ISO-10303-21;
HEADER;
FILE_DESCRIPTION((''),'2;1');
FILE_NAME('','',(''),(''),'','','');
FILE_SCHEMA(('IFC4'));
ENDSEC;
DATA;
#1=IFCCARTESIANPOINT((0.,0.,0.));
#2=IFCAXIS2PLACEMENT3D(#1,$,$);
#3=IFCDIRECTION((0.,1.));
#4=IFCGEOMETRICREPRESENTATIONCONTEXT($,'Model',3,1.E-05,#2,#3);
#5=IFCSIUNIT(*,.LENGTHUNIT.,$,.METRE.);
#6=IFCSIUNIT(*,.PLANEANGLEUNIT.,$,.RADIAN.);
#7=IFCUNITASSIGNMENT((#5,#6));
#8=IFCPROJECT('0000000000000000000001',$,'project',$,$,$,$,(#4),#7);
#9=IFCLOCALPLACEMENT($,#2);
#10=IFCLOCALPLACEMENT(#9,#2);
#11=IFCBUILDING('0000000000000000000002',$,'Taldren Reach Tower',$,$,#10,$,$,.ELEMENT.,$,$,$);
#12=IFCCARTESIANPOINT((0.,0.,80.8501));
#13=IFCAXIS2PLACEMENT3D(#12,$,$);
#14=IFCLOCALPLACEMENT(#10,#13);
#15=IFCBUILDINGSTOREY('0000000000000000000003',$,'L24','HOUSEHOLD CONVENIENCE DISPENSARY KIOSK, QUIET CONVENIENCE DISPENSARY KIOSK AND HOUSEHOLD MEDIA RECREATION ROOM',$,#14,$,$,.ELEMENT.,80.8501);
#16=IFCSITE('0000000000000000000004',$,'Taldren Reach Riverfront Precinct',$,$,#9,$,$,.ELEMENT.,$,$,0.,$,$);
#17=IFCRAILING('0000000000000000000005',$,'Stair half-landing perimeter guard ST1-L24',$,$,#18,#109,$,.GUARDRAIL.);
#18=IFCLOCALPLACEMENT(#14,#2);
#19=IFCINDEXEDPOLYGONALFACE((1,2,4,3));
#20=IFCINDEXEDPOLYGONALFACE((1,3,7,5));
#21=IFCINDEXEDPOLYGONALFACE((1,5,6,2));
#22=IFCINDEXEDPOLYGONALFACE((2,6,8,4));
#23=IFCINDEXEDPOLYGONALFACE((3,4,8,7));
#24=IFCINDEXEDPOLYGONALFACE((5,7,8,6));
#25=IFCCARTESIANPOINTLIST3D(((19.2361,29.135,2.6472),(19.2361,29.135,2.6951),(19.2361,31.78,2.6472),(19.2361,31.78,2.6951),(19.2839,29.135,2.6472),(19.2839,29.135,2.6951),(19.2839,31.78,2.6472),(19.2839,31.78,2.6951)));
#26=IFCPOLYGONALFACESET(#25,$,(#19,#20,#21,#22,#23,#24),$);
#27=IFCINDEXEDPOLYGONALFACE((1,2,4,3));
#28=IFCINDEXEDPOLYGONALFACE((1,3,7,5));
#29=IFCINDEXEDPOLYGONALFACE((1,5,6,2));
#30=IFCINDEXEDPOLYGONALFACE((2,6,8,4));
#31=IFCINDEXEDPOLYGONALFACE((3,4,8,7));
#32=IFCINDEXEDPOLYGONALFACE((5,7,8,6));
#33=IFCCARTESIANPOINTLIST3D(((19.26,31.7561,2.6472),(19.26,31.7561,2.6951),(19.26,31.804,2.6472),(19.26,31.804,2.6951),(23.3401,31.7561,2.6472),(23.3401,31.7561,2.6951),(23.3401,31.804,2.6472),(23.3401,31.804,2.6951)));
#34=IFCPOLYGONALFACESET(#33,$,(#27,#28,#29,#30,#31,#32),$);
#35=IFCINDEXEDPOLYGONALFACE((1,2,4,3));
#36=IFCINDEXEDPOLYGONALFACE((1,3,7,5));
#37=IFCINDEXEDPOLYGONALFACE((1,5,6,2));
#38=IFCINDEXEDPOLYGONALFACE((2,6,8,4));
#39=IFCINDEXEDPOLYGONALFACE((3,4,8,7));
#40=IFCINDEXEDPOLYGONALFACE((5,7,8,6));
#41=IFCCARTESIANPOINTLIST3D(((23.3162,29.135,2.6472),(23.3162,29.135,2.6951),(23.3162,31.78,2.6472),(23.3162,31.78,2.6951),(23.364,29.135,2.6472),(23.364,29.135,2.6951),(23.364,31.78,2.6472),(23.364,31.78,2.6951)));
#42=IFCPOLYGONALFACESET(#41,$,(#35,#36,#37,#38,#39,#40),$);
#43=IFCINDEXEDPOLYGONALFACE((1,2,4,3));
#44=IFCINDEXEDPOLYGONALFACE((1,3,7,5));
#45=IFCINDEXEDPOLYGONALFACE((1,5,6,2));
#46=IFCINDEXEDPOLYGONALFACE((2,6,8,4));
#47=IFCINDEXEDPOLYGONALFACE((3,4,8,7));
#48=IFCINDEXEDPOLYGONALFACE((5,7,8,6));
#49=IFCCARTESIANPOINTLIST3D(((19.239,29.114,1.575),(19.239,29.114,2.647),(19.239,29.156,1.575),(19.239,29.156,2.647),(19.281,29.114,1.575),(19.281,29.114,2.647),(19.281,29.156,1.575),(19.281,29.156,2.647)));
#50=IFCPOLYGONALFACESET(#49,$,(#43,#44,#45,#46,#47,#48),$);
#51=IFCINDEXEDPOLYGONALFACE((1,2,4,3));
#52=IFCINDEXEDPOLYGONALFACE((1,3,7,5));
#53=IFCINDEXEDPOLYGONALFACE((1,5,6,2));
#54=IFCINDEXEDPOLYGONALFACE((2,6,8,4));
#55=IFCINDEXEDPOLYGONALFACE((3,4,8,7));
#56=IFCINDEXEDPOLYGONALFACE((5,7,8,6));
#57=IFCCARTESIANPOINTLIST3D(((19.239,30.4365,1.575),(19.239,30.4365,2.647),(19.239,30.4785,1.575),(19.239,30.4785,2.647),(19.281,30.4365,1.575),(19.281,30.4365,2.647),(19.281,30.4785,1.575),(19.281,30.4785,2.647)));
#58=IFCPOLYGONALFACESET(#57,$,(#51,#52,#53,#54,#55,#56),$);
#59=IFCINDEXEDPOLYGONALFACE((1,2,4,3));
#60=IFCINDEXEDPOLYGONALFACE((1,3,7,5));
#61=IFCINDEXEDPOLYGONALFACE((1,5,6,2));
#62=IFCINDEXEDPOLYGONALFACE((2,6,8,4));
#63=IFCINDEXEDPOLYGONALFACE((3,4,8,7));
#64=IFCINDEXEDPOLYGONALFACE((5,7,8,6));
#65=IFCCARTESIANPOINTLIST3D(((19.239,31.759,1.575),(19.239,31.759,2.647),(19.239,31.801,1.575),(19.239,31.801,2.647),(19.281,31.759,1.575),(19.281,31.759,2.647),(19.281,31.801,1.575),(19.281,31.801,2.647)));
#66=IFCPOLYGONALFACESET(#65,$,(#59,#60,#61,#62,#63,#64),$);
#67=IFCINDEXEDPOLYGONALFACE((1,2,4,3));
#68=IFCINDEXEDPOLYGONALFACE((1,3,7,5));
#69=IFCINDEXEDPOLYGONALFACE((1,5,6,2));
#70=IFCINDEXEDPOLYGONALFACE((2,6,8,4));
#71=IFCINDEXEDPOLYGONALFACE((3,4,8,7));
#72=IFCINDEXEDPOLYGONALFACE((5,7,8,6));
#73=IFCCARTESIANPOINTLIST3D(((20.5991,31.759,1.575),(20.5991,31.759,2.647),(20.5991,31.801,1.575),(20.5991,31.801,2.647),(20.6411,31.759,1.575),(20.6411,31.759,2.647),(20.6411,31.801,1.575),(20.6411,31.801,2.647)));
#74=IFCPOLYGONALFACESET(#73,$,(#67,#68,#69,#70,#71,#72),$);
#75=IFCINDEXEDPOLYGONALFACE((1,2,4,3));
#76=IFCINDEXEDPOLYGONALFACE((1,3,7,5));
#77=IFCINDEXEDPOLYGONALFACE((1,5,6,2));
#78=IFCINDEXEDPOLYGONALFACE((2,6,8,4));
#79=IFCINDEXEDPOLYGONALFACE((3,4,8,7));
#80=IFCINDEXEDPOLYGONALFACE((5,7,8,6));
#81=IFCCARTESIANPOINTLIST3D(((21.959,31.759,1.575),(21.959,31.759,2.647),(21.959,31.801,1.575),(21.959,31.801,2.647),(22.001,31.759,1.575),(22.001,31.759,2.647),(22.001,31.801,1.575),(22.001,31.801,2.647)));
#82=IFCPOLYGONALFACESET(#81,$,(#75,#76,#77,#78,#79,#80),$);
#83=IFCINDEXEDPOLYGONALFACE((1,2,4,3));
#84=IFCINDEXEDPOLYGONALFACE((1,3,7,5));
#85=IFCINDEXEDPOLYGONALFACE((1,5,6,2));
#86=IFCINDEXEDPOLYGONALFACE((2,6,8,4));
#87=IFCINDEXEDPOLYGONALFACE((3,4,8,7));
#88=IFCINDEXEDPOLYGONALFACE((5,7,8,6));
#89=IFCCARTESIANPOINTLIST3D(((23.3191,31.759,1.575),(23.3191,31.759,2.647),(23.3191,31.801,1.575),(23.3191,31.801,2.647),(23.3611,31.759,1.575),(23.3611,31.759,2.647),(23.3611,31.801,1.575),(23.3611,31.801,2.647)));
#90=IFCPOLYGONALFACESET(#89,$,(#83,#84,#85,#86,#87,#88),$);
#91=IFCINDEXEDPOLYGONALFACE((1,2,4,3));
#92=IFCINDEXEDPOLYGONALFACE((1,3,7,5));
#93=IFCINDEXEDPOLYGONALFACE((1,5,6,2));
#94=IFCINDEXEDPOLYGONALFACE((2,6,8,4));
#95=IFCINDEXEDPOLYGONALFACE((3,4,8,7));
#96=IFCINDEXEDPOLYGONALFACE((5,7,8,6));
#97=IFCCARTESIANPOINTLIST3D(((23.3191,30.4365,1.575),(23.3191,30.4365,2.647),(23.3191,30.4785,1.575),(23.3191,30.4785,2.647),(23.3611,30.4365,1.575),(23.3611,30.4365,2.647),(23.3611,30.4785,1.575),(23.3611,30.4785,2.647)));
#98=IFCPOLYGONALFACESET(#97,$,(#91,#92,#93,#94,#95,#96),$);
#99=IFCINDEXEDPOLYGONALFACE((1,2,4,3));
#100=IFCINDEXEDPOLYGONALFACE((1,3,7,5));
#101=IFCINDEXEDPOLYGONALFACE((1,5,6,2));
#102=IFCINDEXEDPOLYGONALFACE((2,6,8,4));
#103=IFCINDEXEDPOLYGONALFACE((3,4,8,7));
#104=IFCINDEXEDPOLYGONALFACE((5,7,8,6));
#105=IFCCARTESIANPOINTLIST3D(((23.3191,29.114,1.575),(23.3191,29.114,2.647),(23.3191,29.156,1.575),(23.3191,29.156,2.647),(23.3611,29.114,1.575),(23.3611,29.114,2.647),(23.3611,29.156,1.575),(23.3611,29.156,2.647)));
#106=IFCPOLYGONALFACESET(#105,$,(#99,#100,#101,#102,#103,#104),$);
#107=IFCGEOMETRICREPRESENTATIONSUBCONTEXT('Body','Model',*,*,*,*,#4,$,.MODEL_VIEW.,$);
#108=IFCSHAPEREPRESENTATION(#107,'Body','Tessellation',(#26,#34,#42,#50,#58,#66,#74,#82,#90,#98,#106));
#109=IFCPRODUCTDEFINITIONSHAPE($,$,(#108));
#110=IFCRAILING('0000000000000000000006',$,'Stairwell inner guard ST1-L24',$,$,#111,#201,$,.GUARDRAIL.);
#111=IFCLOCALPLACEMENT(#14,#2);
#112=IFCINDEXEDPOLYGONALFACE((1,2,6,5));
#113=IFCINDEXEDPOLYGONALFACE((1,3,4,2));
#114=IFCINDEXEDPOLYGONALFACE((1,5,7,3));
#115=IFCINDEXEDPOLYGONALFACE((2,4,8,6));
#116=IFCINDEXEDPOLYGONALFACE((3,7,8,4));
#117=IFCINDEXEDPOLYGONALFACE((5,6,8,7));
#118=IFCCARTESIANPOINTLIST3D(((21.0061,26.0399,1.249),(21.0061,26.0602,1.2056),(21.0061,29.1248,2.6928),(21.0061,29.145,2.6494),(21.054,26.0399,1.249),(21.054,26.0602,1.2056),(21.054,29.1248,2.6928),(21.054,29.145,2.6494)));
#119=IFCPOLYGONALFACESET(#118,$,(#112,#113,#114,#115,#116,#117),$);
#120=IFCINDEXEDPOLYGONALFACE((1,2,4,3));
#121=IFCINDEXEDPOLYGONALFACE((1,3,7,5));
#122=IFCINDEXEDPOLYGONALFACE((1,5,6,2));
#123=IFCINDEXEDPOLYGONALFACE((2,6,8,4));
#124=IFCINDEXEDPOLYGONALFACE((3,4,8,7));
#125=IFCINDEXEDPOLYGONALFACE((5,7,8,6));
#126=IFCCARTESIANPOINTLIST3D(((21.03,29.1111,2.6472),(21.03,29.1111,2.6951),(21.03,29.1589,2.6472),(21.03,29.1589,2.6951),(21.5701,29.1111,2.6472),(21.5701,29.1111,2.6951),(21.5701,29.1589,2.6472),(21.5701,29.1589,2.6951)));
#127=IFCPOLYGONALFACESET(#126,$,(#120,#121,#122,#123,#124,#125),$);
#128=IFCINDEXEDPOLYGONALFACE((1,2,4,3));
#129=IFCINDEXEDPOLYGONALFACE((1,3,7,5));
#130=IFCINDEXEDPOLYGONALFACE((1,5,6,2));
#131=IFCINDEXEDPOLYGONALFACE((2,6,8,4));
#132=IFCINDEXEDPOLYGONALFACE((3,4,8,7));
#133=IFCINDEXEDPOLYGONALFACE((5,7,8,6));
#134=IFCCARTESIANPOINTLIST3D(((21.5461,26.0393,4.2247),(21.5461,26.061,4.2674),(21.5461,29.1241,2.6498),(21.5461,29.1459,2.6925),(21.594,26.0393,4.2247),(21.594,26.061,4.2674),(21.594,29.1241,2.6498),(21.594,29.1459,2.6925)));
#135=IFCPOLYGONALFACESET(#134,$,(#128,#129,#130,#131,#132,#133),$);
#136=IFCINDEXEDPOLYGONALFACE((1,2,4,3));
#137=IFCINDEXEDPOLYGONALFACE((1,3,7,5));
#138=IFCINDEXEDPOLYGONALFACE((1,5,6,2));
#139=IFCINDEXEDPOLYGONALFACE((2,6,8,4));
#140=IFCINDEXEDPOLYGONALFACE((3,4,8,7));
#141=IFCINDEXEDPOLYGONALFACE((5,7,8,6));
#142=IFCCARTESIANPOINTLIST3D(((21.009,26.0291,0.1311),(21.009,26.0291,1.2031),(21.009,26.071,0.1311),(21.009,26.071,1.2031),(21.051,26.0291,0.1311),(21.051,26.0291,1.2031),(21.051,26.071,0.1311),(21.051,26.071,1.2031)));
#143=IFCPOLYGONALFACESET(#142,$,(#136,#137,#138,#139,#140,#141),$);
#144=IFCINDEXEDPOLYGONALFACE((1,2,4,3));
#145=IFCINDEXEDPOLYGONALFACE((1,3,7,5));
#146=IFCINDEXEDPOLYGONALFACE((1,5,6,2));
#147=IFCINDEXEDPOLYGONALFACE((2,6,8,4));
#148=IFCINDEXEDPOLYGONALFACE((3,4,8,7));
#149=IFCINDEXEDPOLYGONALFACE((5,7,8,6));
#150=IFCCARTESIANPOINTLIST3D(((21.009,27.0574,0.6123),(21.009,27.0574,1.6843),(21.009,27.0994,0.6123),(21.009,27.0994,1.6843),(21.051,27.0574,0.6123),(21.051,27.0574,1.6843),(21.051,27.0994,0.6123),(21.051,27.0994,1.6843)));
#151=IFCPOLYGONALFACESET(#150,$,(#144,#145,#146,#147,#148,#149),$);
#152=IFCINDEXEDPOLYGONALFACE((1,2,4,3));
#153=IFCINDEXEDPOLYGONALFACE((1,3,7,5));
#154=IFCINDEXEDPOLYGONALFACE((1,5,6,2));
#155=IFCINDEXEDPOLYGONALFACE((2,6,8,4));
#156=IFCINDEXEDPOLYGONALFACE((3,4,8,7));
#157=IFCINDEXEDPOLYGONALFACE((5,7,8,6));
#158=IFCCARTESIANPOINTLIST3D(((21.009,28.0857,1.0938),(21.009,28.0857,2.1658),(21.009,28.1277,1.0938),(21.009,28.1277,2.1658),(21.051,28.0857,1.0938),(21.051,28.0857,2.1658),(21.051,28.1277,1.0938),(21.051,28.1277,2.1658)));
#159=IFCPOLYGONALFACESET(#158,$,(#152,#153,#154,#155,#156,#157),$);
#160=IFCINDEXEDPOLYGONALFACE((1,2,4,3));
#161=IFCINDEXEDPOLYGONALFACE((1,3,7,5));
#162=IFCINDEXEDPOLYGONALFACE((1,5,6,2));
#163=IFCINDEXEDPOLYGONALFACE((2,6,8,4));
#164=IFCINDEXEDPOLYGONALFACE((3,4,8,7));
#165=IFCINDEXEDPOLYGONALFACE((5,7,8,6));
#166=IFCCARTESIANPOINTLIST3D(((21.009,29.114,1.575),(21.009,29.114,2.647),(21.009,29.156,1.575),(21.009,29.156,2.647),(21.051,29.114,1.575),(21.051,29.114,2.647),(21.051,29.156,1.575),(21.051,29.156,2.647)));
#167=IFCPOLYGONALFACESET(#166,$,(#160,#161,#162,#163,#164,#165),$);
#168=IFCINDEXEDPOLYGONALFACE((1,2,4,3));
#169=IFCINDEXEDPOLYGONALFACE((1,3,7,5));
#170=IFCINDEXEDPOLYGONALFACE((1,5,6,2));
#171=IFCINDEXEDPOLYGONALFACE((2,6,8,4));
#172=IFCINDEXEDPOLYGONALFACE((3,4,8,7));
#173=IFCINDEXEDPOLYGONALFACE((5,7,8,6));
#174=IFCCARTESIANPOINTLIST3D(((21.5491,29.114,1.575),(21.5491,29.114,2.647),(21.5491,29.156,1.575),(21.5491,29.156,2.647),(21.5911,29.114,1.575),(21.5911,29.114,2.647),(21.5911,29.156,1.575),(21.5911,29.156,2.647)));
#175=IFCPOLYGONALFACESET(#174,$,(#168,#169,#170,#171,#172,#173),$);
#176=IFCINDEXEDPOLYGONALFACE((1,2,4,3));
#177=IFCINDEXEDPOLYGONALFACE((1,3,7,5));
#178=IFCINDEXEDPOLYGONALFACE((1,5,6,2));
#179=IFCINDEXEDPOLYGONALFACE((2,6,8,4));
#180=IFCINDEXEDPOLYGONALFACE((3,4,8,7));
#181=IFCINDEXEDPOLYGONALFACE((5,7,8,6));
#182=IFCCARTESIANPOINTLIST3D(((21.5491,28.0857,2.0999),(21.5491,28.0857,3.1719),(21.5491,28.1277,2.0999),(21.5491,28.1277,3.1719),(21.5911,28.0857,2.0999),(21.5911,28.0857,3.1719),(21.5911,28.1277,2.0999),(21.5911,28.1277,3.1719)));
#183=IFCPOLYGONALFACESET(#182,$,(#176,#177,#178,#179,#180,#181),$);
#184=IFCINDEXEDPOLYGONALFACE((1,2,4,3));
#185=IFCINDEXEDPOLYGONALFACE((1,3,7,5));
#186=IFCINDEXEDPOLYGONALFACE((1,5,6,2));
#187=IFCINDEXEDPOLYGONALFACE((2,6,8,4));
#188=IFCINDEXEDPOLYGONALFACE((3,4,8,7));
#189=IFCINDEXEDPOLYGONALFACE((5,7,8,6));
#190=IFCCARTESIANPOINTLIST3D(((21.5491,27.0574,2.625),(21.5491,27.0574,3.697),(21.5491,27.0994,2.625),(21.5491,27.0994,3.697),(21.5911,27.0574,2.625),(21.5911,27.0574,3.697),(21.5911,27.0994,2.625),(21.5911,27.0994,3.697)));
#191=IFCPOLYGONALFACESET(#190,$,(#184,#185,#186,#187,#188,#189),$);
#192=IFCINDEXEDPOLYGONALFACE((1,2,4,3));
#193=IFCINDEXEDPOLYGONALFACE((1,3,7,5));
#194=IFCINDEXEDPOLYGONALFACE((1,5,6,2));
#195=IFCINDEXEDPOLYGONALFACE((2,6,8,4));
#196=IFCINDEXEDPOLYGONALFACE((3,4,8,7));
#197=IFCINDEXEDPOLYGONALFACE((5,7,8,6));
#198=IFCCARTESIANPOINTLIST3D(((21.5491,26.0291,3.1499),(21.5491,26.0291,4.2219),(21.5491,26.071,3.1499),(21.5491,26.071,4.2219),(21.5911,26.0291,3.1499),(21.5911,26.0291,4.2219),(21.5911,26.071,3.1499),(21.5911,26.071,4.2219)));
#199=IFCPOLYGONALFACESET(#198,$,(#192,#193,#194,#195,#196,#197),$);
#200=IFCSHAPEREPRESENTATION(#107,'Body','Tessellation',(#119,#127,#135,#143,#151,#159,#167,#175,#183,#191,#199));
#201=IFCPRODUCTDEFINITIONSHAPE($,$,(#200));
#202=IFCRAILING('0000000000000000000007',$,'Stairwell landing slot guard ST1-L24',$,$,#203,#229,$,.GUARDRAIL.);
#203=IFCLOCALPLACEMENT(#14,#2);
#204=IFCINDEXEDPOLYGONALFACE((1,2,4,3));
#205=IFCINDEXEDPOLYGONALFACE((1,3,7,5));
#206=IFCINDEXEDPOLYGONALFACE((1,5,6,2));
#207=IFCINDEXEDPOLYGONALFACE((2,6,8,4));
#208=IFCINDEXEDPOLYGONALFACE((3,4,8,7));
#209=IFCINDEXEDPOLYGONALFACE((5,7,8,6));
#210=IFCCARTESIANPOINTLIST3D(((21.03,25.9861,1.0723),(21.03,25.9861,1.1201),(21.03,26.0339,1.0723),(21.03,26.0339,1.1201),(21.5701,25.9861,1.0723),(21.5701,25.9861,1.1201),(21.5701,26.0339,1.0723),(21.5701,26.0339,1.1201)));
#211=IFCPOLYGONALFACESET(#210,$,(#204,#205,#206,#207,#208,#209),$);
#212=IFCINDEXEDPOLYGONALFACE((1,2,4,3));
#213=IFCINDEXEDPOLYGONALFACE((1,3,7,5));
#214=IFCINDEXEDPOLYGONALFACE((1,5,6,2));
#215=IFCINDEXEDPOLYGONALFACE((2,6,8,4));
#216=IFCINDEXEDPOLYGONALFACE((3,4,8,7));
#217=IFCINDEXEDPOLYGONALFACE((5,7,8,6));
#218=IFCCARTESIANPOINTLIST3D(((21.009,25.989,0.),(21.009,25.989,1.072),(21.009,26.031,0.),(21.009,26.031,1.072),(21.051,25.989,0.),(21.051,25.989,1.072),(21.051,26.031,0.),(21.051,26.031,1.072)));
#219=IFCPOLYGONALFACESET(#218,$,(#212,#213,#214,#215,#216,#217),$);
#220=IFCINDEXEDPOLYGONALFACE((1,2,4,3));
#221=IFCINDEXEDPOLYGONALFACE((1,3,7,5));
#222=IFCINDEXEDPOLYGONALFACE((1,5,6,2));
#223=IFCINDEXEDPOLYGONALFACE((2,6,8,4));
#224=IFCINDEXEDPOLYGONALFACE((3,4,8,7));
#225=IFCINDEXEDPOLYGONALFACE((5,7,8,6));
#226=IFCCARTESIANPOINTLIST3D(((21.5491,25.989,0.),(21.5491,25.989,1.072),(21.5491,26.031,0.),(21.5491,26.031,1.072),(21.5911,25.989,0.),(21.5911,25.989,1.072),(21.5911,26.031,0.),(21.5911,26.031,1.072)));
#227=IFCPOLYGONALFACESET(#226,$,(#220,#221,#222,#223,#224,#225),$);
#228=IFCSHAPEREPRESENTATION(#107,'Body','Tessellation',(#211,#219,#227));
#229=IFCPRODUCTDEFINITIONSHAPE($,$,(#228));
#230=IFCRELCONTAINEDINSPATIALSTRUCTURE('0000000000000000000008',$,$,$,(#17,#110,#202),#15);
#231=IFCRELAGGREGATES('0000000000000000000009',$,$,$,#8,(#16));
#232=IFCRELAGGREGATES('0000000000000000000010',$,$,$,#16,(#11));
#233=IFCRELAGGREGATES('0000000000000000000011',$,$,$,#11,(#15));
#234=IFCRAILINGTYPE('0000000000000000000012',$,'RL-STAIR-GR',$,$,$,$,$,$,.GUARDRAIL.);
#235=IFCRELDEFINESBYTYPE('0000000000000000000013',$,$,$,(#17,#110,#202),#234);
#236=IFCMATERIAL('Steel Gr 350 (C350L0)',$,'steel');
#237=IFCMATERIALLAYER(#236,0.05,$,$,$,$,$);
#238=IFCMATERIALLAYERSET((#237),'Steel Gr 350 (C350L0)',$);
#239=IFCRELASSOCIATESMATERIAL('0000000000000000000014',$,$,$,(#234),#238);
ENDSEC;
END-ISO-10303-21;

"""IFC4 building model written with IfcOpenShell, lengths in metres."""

from ifc_helpers import new_model, si_unit, direction, frame, origin, origin_2d, place, context, subcontext, project, spatial, rectangle, extrude, material, layer, layer_set, type_object, element, save


model = new_model("IFC4")

# Units and contexts
model_context = context("Model", 3, precision=1e-05, world=origin(), true_north=direction((0.0, 1.0)))
body_context = subcontext(model_context, "Body", "Model", "MODEL_VIEW")
ifc_project = project(units=[si_unit("LENGTHUNIT", "METRE"), si_unit("PLANEANGLEUNIT", "RADIAN")], contexts=[model_context])

# Site, building, storey
site_placement = place(None, origin())
site = spatial("IfcSite", under=ifc_project, at=site_placement, Name="Taldren Reach Riverfront Precinct", CompositionType="ELEMENT", RefElevation=0.0)
building_placement = place(site_placement, origin())
building = spatial("IfcBuilding", under=site, at=building_placement, Name="Taldren Reach Tower", CompositionType="ELEMENT")
storey_placement = place(building_placement, frame((0.0, 0.0, 80.8501)))
storey = spatial("IfcBuildingStorey", under=building, at=storey_placement, Name="L24", Description="HOUSEHOLD CONVENIENCE DISPENSARY KIOSK, QUIET CONVENIENCE DISPENSARY KIOSK AND HOUSEHOLD MEDIA RECREATION ROOM", CompositionType="ELEMENT", Elevation=80.8501)

# Railings
ifc_material_1 = material(Name="Steel Gr 350 (C350L0)", Category="steel")
ifc_layer_1 = layer(ifc_material_1, 0.05)
ifc_layer_set_1 = layer_set([ifc_layer_1], Name="Steel Gr 350 (C350L0)")
railing_type_1 = type_object("IfcRailingType", Name="RL-STAIR-GR", PredefinedType="GUARDRAIL", material=ifc_layer_set_1)
railing_1_placement = place(storey_placement, frame((19.26, 29.135, 1.575)))
element("IfcRailing", 1, at=railing_1_placement, inside=storey, type_object=railing_type_1, Name="Stair half-landing perimeter guard ST1-L24", PredefinedType="GUARDRAIL", context=body_context, shape_type="SweptSolid", body=[
    extrude(rectangle(XDim=0.0479, YDim=0.0479, at=origin_2d()), frame((0.0, 0.0, 1.0962), z_axis=(0.0, 1.0, 0.0), x_axis=(-1.0, 0.0, 0.0)), (0.0, 0.0, 1.0), 2.645),
    extrude(rectangle(XDim=0.0479, YDim=0.0479, at=origin_2d()), frame((0.0, 2.645, 1.0962), z_axis=(1.0, 0.0, 0.0), x_axis=(0.0, 1.0, 0.0)), (0.0, 0.0, 1.0), 4.0801),
    extrude(rectangle(XDim=0.0479, YDim=0.0479, at=origin_2d()), frame((4.0801, 2.645, 1.0962), z_axis=(0.0, -1.0, 0.0), x_axis=(1.0, 0.0, 0.0)), (0.0, 0.0, 1.0), 2.645),
    extrude(rectangle(XDim=0.042, YDim=0.042, at=origin_2d()), origin(), (0.0, 0.0, 1.0), 1.072),
    extrude(rectangle(XDim=0.042, YDim=0.042, at=origin_2d()), frame((0.0, 1.3225, 0.0)), (0.0, 0.0, 1.0), 1.072),
    extrude(rectangle(XDim=0.042, YDim=0.042, at=origin_2d()), frame((0.0, 2.645, 0.0)), (0.0, 0.0, 1.0), 1.072),
    extrude(rectangle(XDim=0.042, YDim=0.042, at=origin_2d()), frame((1.3601, 2.645, 0.0)), (0.0, 0.0, 1.0), 1.072),
    extrude(rectangle(XDim=0.042, YDim=0.042, at=origin_2d()), frame((2.72, 2.645, 0.0)), (0.0, 0.0, 1.0), 1.072),
    extrude(rectangle(XDim=0.042, YDim=0.042, at=origin_2d()), frame((4.0801, 2.645, 0.0)), (0.0, 0.0, 1.0), 1.072),
    extrude(rectangle(XDim=0.042, YDim=0.042, at=origin_2d()), frame((4.0801, 1.3225, 0.0)), (0.0, 0.0, 1.0), 1.072),
    extrude(rectangle(XDim=0.042, YDim=0.042, at=origin_2d()), frame((4.0801, 0.0, 0.0)), (0.0, 0.0, 1.0), 1.072),
])
railing_2_placement = place(storey_placement, frame((21.03, 26.05, 0.1311)))
element("IfcRailing", 2, at=railing_2_placement, inside=storey, type_object=railing_type_1, Name="Stairwell inner guard ST1-L24", PredefinedType="GUARDRAIL", context=body_context, shape_type="SweptSolid", body=[
    extrude(rectangle(XDim=0.0479, YDim=0.0479, at=origin_2d()), frame((0.0, 0.0, 1.0962), z_axis=(0.0, 0.90571, 0.423898), x_axis=(-1.0, 0.0, 0.0)), (0.0, 0.0, 1.0), 3.406),
    extrude(rectangle(XDim=0.0479, YDim=0.0479, at=origin_2d()), frame((0.0, 3.085, 2.54), z_axis=(1.0, 0.0, 0.0), x_axis=(0.0, 1.0, 0.0)), (0.0, 0.0, 1.0), 0.54),
    extrude(rectangle(XDim=0.0479, YDim=0.0479, at=origin_2d()), frame((0.54, 3.085, 2.54), z_axis=(0.0, -0.890646, 0.454697), x_axis=(1.0, 0.0, 0.0)), (0.0, 0.0, 1.0), 3.4636),
    extrude(rectangle(XDim=0.042, YDim=0.042, at=origin_2d()), origin(), (0.0, 0.0, 1.0), 1.072),
    extrude(rectangle(XDim=0.042, YDim=0.042, at=origin_2d()), frame((0.0, 1.0283, 0.4812)), (0.0, 0.0, 1.0), 1.072),
    extrude(rectangle(XDim=0.042, YDim=0.042, at=origin_2d()), frame((0.0, 2.0566, 0.9626)), (0.0, 0.0, 1.0), 1.072),
    extrude(rectangle(XDim=0.042, YDim=0.042, at=origin_2d()), frame((0.0, 3.085, 1.4438)), (0.0, 0.0, 1.0), 1.072),
    extrude(rectangle(XDim=0.042, YDim=0.042, at=origin_2d()), frame((0.54, 3.085, 1.4438)), (0.0, 0.0, 1.0), 1.072),
    extrude(rectangle(XDim=0.042, YDim=0.042, at=origin_2d()), frame((0.54, 2.0566, 1.9688)), (0.0, 0.0, 1.0), 1.072),
    extrude(rectangle(XDim=0.042, YDim=0.042, at=origin_2d()), frame((0.54, 1.0283, 2.4939)), (0.0, 0.0, 1.0), 1.072),
    extrude(rectangle(XDim=0.042, YDim=0.042, at=origin_2d()), frame((0.54, 0.0, 3.0188)), (0.0, 0.0, 1.0), 1.072),
])
railing_3_placement = place(storey_placement, frame((21.03, 26.01, 0.0)))
element("IfcRailing", 3, at=railing_3_placement, inside=storey, type_object=railing_type_1, Name="Stairwell landing slot guard ST1-L24", PredefinedType="GUARDRAIL", context=body_context, shape_type="SweptSolid", body=[
    extrude(rectangle(XDim=0.0479, YDim=0.0479, at=origin_2d()), frame((0.0, 0.0, 1.0962), z_axis=(1.0, 0.0, 0.0), x_axis=(0.0, 1.0, 0.0)), (0.0, 0.0, 1.0), 0.54),
    extrude(rectangle(XDim=0.042, YDim=0.042, at=origin_2d()), origin(), (0.0, 0.0, 1.0), 1.072),
    extrude(rectangle(XDim=0.042, YDim=0.042, at=origin_2d()), frame((0.54, 0.0, 0.0)), (0.0, 0.0, 1.0), 1.072),
])

save(model, "model.ifc")
